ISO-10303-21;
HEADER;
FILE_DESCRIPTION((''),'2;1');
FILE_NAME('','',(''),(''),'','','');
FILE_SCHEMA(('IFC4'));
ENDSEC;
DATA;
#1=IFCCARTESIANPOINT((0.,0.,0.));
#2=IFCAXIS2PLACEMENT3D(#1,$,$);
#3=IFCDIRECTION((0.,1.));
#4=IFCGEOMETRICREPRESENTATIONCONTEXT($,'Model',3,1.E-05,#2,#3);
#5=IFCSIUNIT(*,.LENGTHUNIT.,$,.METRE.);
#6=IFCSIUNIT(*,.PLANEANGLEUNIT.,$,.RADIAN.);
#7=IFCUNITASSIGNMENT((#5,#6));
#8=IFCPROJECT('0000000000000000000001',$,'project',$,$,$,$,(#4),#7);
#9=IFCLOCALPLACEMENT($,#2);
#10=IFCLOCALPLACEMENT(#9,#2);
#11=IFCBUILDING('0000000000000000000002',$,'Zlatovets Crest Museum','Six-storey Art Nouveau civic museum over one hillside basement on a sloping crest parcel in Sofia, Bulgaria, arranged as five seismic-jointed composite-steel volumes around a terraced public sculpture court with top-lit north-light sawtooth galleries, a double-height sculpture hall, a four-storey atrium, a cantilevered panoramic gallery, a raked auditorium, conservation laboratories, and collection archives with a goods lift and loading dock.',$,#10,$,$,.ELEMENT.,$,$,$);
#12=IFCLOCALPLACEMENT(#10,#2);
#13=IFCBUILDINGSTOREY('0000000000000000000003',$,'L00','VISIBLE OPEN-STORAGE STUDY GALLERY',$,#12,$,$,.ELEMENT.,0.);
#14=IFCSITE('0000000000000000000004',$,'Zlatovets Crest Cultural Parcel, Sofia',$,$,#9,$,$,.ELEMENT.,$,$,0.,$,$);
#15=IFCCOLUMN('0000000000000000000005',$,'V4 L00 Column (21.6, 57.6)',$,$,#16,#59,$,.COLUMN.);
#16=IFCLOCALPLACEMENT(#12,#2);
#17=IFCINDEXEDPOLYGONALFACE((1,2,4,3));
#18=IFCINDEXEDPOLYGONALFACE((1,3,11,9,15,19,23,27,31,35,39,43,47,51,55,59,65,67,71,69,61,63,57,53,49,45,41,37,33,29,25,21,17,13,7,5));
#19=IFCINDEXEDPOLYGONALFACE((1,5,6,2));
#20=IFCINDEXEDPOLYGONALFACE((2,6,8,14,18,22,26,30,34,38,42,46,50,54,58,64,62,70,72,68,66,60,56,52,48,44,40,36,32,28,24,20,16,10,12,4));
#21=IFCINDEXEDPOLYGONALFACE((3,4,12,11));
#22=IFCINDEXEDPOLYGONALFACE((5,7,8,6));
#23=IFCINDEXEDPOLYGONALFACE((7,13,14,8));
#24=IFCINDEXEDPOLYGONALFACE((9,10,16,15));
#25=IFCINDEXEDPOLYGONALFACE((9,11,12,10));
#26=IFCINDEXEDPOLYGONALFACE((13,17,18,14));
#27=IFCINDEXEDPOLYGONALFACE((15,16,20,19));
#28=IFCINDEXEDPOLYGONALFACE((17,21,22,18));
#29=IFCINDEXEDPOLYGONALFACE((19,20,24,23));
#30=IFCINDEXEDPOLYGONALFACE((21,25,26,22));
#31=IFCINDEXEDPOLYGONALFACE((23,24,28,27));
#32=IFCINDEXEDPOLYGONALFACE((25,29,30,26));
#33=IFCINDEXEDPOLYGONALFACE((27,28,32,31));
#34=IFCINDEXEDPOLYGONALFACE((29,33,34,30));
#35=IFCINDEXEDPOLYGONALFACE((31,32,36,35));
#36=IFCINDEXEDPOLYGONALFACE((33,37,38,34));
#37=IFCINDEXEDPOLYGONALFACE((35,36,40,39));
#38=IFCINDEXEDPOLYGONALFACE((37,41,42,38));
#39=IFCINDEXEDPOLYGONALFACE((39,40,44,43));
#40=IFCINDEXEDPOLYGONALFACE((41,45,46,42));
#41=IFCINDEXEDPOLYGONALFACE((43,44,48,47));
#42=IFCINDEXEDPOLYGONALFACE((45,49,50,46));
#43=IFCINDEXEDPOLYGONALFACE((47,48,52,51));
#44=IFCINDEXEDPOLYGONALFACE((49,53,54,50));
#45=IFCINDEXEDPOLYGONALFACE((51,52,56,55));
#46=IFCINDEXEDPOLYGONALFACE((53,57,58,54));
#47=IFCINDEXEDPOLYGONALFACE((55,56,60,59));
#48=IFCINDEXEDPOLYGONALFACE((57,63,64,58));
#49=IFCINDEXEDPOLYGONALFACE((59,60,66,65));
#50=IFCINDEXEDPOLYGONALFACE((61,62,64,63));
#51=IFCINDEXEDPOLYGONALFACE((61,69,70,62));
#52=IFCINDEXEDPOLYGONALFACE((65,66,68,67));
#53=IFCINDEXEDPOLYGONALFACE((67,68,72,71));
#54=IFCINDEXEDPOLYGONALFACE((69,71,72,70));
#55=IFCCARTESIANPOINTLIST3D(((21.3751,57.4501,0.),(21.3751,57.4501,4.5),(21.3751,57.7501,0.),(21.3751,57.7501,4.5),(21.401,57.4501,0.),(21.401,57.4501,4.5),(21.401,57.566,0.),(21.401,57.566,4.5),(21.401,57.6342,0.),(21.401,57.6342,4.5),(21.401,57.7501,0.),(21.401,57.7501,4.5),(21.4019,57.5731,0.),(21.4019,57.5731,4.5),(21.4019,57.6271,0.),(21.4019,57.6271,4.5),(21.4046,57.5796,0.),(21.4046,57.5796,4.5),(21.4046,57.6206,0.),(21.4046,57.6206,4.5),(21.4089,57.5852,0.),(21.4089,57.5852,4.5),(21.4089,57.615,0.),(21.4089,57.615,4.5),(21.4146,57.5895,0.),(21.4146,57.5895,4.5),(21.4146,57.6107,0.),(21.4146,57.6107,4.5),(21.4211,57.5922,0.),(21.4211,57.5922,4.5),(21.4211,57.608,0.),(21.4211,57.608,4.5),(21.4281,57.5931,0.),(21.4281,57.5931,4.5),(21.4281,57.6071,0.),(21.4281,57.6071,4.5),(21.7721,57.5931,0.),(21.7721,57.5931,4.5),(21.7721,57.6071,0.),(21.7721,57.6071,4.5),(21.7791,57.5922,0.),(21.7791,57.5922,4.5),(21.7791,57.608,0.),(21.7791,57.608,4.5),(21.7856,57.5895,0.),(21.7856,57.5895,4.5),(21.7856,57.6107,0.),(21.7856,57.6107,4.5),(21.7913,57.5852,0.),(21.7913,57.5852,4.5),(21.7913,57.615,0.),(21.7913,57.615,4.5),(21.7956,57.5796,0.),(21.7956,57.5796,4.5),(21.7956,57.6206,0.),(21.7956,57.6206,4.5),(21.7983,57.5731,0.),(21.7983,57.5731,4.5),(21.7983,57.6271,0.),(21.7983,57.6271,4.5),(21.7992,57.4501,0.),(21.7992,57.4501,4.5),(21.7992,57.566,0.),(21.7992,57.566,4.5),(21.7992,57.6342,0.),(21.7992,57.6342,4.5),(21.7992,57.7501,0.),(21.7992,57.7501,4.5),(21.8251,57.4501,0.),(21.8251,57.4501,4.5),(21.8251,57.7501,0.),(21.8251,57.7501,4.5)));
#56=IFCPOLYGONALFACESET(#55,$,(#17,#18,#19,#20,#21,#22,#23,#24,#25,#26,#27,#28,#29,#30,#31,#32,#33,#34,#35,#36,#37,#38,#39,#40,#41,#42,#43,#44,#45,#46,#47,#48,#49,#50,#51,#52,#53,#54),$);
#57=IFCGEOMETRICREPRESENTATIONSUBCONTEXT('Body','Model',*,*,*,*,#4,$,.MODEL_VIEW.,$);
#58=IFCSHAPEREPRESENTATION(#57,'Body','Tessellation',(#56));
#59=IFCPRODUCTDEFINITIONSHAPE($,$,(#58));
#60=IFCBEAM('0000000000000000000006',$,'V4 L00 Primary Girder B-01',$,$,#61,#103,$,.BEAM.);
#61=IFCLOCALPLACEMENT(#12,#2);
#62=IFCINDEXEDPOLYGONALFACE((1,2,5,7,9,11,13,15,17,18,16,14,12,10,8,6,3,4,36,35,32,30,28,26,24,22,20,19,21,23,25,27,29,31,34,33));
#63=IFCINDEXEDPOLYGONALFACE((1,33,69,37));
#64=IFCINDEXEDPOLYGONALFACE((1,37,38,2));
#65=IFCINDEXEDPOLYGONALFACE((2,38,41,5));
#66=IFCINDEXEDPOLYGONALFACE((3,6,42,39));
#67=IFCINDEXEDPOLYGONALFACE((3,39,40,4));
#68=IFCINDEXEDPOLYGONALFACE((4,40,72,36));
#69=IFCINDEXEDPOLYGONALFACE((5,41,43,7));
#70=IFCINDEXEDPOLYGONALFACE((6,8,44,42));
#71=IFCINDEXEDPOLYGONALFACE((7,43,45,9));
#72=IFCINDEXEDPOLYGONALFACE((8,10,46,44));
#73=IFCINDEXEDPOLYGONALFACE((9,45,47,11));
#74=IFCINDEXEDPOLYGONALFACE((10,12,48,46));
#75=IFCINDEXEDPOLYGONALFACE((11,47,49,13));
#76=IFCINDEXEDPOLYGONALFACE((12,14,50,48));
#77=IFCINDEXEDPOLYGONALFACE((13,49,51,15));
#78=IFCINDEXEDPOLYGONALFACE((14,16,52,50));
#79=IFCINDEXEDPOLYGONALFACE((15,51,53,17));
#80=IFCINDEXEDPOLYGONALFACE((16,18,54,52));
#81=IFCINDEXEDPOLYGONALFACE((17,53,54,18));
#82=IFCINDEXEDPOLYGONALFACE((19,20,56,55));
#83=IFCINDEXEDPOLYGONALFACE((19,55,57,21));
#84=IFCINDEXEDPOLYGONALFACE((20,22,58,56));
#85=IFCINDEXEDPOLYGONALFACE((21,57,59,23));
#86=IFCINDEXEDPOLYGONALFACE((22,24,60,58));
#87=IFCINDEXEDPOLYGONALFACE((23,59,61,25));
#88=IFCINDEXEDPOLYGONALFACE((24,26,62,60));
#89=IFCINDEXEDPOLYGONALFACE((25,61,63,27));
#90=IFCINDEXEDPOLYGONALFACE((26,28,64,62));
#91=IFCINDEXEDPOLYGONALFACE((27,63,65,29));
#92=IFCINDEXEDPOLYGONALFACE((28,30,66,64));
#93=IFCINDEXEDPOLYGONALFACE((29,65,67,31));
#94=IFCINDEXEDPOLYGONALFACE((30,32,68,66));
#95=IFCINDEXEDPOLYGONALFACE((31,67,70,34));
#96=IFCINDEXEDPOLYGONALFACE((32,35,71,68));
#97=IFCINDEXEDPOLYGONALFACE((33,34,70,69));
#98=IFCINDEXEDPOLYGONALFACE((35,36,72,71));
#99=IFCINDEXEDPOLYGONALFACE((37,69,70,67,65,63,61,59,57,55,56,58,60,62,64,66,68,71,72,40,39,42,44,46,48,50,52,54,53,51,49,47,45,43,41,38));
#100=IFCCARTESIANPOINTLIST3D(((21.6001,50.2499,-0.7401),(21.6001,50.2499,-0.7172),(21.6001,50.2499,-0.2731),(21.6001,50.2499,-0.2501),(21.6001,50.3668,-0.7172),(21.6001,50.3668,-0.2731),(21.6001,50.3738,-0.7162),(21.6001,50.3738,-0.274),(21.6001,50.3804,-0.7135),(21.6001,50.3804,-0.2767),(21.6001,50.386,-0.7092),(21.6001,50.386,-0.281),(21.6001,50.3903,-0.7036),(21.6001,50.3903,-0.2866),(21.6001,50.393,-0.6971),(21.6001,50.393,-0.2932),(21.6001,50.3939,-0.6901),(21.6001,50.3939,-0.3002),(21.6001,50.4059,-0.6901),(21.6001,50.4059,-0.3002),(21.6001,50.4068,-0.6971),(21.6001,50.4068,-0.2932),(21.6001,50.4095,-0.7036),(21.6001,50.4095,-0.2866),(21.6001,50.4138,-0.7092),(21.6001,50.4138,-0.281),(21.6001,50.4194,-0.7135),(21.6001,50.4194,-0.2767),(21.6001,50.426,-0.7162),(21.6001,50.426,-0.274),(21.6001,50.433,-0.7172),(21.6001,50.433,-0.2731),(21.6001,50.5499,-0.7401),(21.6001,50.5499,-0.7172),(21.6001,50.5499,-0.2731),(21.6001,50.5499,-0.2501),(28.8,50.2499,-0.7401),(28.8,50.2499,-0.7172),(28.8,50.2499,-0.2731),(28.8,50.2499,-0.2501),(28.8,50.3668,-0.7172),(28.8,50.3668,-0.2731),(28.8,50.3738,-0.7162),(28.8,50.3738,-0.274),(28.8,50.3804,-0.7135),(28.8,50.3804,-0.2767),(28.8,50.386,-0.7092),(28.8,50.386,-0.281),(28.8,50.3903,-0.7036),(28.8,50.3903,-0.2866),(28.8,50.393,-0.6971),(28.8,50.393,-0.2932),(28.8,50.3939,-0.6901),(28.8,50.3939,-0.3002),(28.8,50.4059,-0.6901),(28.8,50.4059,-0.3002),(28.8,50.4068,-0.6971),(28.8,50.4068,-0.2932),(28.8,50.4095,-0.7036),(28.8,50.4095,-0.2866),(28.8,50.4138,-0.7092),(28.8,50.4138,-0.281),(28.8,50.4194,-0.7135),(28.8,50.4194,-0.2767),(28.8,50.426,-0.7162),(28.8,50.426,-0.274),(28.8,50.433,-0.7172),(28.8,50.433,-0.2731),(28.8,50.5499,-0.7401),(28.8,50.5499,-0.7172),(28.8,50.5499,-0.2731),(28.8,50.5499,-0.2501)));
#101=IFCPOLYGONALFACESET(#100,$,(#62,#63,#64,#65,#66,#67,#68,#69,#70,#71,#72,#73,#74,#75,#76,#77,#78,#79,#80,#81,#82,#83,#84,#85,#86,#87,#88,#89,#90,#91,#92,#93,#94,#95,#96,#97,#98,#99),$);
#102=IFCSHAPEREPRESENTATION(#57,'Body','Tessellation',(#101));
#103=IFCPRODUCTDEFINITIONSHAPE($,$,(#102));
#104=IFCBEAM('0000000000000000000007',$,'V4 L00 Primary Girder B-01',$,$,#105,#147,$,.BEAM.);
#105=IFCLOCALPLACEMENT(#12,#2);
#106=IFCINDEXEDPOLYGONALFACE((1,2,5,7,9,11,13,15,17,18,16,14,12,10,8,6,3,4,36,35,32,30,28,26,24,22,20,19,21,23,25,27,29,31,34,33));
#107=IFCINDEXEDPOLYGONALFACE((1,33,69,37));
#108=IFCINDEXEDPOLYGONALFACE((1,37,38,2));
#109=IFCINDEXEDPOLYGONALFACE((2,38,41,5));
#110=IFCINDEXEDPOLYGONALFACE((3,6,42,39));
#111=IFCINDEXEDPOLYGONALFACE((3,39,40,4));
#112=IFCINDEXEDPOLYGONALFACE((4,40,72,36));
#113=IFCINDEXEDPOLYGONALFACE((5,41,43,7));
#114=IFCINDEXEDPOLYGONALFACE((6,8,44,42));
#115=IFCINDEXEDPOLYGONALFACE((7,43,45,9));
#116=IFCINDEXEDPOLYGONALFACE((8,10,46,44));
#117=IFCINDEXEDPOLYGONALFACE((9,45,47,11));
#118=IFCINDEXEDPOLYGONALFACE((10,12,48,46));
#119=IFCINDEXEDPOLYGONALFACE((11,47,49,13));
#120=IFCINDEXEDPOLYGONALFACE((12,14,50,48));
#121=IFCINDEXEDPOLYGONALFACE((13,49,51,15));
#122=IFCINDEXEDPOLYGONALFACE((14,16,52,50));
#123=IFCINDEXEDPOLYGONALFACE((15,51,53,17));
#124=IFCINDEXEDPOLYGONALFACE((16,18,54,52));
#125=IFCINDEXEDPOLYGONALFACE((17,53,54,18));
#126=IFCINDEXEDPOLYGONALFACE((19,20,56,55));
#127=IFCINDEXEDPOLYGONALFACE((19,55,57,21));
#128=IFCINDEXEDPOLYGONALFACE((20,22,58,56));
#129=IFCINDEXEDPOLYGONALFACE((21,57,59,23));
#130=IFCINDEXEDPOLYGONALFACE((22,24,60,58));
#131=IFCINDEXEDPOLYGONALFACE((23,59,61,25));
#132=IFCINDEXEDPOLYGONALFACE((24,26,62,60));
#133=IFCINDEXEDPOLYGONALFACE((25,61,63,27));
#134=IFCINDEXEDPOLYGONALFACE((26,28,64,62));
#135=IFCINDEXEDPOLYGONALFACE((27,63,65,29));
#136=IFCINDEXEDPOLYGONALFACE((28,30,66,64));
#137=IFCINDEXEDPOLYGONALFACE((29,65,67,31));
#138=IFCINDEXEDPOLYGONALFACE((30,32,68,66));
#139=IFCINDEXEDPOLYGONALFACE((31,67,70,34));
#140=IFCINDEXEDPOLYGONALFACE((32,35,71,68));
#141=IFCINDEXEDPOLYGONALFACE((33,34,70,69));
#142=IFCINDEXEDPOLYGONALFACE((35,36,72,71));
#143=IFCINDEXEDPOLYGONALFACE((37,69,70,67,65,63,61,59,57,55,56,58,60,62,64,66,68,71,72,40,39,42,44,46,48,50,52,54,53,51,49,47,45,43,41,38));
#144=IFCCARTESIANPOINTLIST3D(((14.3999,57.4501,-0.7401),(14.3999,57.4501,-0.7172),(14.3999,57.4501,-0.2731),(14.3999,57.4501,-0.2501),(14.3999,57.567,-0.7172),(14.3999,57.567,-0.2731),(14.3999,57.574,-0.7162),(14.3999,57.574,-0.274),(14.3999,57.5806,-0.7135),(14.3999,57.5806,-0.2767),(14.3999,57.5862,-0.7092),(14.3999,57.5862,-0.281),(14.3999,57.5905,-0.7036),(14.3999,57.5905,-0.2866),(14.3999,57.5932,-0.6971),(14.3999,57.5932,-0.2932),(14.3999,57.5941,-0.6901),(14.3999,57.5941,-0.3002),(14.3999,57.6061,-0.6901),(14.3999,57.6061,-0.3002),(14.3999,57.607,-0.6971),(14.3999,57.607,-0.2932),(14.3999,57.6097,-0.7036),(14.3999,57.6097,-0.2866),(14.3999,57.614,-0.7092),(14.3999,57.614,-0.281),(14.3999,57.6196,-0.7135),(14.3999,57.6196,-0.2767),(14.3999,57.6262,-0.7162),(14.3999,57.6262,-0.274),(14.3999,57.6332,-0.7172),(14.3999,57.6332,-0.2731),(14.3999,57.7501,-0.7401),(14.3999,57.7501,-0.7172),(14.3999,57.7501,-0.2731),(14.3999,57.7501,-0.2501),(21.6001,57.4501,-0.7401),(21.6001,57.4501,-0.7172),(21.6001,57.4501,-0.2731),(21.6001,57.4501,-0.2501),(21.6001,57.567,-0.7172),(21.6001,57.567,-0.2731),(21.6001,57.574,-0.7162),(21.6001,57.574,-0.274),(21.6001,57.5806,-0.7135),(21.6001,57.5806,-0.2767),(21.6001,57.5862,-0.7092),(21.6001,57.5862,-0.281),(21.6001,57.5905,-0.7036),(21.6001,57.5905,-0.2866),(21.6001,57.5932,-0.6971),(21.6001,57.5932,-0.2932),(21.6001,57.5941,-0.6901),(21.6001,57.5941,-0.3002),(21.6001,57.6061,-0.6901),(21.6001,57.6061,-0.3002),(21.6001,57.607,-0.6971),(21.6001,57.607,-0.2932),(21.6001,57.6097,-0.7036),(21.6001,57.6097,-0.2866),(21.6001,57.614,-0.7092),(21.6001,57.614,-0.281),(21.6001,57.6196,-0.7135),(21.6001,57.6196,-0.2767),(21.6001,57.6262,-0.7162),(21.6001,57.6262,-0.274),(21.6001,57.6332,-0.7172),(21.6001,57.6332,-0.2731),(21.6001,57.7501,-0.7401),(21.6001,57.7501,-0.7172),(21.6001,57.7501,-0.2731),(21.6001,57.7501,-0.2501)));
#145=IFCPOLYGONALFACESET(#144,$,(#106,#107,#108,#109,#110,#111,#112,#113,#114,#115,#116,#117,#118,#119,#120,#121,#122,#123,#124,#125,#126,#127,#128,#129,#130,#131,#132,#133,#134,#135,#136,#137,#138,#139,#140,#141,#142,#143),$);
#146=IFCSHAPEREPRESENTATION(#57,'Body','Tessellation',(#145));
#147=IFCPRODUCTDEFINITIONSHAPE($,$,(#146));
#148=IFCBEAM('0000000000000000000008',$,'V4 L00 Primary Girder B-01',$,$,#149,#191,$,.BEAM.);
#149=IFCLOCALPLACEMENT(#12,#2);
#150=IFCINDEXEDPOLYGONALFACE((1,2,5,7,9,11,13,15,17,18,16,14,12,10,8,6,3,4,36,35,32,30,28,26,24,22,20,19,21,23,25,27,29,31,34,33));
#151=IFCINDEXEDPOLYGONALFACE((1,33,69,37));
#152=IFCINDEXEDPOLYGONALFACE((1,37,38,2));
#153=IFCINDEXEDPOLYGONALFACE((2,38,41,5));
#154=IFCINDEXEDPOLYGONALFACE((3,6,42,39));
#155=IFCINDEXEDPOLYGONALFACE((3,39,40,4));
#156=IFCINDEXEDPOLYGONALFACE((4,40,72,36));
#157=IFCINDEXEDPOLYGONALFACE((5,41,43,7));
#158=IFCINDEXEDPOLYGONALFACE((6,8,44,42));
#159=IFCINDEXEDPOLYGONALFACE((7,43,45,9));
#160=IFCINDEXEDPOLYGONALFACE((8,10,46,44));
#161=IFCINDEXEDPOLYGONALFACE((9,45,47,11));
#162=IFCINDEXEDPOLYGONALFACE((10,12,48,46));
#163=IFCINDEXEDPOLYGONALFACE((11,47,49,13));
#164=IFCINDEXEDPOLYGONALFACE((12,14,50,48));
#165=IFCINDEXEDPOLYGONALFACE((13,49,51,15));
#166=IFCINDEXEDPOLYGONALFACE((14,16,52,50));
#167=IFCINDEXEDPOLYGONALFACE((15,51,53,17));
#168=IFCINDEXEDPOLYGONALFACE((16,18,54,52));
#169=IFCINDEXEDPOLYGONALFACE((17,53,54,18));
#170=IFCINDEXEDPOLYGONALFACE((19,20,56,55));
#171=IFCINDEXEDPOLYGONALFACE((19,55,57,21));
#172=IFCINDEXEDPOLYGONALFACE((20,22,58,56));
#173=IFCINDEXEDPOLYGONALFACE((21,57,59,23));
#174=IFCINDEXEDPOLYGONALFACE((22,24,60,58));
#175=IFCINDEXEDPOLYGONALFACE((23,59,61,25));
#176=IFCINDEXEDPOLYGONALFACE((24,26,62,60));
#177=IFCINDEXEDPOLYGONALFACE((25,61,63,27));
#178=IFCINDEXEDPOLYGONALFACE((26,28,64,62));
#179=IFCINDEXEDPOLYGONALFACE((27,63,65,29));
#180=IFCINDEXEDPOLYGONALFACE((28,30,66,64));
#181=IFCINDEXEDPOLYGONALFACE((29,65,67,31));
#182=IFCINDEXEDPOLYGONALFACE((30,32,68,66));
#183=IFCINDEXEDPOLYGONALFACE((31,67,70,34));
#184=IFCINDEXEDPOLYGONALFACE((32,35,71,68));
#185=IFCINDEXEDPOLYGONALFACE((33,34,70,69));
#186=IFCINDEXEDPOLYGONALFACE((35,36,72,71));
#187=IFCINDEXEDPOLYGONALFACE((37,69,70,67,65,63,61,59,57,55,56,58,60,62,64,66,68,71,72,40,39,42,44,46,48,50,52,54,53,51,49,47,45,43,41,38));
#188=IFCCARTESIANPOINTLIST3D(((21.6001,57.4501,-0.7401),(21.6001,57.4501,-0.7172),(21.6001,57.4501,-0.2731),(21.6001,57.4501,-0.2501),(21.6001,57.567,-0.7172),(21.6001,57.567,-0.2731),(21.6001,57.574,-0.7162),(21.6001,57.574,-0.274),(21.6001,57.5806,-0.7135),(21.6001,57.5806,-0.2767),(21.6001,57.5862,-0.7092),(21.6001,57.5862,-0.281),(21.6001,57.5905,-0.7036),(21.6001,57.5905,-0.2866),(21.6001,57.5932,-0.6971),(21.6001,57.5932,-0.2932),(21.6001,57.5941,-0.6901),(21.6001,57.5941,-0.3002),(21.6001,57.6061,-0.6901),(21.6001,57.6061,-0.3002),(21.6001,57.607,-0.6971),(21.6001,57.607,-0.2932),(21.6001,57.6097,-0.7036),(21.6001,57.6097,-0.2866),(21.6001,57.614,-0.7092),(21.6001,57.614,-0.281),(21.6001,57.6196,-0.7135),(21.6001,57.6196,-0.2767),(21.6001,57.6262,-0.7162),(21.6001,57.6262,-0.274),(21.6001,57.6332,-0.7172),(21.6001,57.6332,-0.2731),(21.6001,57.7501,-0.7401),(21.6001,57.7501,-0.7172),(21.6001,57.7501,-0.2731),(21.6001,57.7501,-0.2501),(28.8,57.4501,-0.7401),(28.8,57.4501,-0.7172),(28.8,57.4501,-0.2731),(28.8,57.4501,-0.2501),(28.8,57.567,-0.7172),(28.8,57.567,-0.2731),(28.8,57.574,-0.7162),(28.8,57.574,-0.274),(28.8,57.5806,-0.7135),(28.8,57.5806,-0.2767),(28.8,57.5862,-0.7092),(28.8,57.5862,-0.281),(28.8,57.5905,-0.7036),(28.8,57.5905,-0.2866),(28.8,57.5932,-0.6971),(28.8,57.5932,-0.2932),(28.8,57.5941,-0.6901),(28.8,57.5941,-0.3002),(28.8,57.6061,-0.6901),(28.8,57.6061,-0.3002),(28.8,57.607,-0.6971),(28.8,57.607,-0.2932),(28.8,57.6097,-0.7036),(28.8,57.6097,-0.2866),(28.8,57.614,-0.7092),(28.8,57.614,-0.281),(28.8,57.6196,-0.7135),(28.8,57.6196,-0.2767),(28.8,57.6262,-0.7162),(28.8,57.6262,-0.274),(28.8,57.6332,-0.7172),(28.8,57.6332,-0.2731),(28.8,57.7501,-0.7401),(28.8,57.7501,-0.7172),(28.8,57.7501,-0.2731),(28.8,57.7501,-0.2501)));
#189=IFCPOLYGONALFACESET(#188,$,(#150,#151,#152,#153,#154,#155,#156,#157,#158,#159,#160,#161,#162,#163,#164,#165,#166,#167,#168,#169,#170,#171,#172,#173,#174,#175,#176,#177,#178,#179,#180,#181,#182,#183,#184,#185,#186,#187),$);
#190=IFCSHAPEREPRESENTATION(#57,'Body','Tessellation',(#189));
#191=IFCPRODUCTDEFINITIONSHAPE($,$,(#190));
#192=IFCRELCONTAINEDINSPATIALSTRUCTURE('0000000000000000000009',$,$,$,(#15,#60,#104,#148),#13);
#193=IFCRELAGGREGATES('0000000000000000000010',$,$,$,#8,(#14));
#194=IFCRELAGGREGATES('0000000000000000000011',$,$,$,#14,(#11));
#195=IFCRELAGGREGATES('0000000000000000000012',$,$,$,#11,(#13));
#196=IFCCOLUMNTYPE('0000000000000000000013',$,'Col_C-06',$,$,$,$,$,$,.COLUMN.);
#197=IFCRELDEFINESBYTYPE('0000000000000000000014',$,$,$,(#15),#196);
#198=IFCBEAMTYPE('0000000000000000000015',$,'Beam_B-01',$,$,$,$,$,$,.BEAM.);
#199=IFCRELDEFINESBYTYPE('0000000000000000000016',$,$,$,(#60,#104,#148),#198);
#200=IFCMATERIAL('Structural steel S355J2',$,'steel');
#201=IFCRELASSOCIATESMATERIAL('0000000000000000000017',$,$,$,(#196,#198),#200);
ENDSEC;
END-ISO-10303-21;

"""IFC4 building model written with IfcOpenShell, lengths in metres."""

from ifc_helpers import new_model, si_unit, direction, frame, origin, origin_2d, place, context, subcontext, project, spatial, i_section, extrude, material, material_profile, profile_set, type_object, element, save


model = new_model("IFC4")

# Units and contexts
model_context = context("Model", 3, precision=1e-05, world=origin(), true_north=direction((0.0, 1.0)))
body_context = subcontext(model_context, "Body", "Model", "MODEL_VIEW")
ifc_project = project(units=[si_unit("LENGTHUNIT", "METRE"), si_unit("PLANEANGLEUNIT", "RADIAN")], contexts=[model_context])

# Site, building, storey
site_placement = place(None, origin())
site = spatial("IfcSite", under=ifc_project, at=site_placement, Name="Zlatovets Crest Cultural Parcel, Sofia", CompositionType="ELEMENT", RefElevation=0.0)
building_placement = place(site_placement, origin())
building = spatial("IfcBuilding", under=site, at=building_placement, Name="Zlatovets Crest Museum", Description="Six-storey Art Nouveau civic museum over one hillside basement on a sloping crest parcel in Sofia, Bulgaria, arranged as five seismic-jointed composite-steel volumes around a terraced public sculpture court with top-lit north-light sawtooth galleries, a double-height sculpture hall, a four-storey atrium, a cantilevered panoramic gallery, a raked auditorium, conservation laboratories, and collection archives with a goods lift and loading dock.", CompositionType="ELEMENT")
storey_placement = place(building_placement, origin())
storey = spatial("IfcBuildingStorey", under=building, at=storey_placement, Name="L00", Description="VISIBLE OPEN-STORAGE STUDY GALLERY", CompositionType="ELEMENT", Elevation=0.0)

# Column
ifc_material_1 = material(Name="Structural steel S355J2", Category="steel")
ifc_material_profile_1 = material_profile(ifc_material_1, i_section(OverallWidth=0.3, OverallDepth=0.45, WebThickness=0.0139, FlangeThickness=0.0259, FilletRadius=0.0271, at=origin_2d()), Name="HEB 450")
ifc_profile_set_1 = profile_set([ifc_material_profile_1], Name="Structural steel S355J2")
column_type_1 = type_object("IfcColumnType", Name="Col_C-06", PredefinedType="COLUMN", material=ifc_profile_set_1)
for number, where, z_axis, x_axis, name in (
    (1, (21.6001, 57.6001, 0.0), (0.0, 0.0, 1.0), (0.0, 1.0, 0.0), "V4 L00 Column (21.6, 57.6)"),
):
    element("IfcColumn", number, at=place(storey_placement, frame(where, z_axis=z_axis, x_axis=x_axis)), inside=storey, type_object=column_type_1, Name=name, PredefinedType="COLUMN", context=body_context, shape_type="SweptSolid", body=[
        extrude(i_section(OverallWidth=0.3, OverallDepth=0.45, WebThickness=0.0139, FlangeThickness=0.0259, FilletRadius=0.0271, at=origin_2d()), origin(), (0.0, 0.0, 1.0), 4.5),
    ])

# Beams
ifc_material_profile_2 = material_profile(ifc_material_1, i_section(OverallWidth=0.3, OverallDepth=0.49, WebThickness=0.012, FlangeThickness=0.0229, FilletRadius=0.0271, at=origin_2d()), Name="HEA 500")
ifc_profile_set_2 = profile_set([ifc_material_profile_2], Name="Structural steel S355J2")
beam_type_1 = type_object("IfcBeamType", Name="Beam_B-01", PredefinedType="BEAM", material=ifc_profile_set_2)
beam_1_placement = place(storey_placement, frame((21.6001, 50.3999, -0.4951), z_axis=(1.0, 0.0, 0.0), x_axis=(0.0, 1.0, 0.0)))
element("IfcBeam", 2, at=beam_1_placement, inside=storey, type_object=beam_type_1, Name="V4 L00 Primary Girder B-01", PredefinedType="BEAM", context=body_context, shape_type="SweptSolid", body=[
    extrude(i_section(OverallWidth=0.3, OverallDepth=0.49, WebThickness=0.012, FlangeThickness=0.0229, FilletRadius=0.0271, at=origin_2d()), origin(), (0.0, 0.0, 1.0), 7.2),
])
beam_2_placement = place(storey_placement, frame((14.3999, 57.6001, -0.4951), z_axis=(1.0, 0.0, 0.0), x_axis=(0.0, 1.0, 0.0)))
element("IfcBeam", 3, at=beam_2_placement, inside=storey, type_object=beam_type_1, Name="V4 L00 Primary Girder B-01", PredefinedType="BEAM", context=body_context, shape_type="SweptSolid", body=[
    extrude(i_section(OverallWidth=0.3, OverallDepth=0.49, WebThickness=0.012, FlangeThickness=0.0229, FilletRadius=0.0271, at=origin_2d()), origin(), (0.0, 0.0, 1.0), 7.2002),
])
beam_3_placement = place(storey_placement, frame((21.6001, 57.6001, -0.4951), z_axis=(1.0, 0.0, 0.0), x_axis=(0.0, 1.0, 0.0)))
element("IfcBeam", 4, at=beam_3_placement, inside=storey, type_object=beam_type_1, Name="V4 L00 Primary Girder B-01", PredefinedType="BEAM", context=body_context, shape_type="SweptSolid", body=[
    extrude(i_section(OverallWidth=0.3, OverallDepth=0.49, WebThickness=0.012, FlangeThickness=0.0229, FilletRadius=0.0271, at=origin_2d()), origin(), (0.0, 0.0, 1.0), 7.2),
])

save(model, "model.ifc")
